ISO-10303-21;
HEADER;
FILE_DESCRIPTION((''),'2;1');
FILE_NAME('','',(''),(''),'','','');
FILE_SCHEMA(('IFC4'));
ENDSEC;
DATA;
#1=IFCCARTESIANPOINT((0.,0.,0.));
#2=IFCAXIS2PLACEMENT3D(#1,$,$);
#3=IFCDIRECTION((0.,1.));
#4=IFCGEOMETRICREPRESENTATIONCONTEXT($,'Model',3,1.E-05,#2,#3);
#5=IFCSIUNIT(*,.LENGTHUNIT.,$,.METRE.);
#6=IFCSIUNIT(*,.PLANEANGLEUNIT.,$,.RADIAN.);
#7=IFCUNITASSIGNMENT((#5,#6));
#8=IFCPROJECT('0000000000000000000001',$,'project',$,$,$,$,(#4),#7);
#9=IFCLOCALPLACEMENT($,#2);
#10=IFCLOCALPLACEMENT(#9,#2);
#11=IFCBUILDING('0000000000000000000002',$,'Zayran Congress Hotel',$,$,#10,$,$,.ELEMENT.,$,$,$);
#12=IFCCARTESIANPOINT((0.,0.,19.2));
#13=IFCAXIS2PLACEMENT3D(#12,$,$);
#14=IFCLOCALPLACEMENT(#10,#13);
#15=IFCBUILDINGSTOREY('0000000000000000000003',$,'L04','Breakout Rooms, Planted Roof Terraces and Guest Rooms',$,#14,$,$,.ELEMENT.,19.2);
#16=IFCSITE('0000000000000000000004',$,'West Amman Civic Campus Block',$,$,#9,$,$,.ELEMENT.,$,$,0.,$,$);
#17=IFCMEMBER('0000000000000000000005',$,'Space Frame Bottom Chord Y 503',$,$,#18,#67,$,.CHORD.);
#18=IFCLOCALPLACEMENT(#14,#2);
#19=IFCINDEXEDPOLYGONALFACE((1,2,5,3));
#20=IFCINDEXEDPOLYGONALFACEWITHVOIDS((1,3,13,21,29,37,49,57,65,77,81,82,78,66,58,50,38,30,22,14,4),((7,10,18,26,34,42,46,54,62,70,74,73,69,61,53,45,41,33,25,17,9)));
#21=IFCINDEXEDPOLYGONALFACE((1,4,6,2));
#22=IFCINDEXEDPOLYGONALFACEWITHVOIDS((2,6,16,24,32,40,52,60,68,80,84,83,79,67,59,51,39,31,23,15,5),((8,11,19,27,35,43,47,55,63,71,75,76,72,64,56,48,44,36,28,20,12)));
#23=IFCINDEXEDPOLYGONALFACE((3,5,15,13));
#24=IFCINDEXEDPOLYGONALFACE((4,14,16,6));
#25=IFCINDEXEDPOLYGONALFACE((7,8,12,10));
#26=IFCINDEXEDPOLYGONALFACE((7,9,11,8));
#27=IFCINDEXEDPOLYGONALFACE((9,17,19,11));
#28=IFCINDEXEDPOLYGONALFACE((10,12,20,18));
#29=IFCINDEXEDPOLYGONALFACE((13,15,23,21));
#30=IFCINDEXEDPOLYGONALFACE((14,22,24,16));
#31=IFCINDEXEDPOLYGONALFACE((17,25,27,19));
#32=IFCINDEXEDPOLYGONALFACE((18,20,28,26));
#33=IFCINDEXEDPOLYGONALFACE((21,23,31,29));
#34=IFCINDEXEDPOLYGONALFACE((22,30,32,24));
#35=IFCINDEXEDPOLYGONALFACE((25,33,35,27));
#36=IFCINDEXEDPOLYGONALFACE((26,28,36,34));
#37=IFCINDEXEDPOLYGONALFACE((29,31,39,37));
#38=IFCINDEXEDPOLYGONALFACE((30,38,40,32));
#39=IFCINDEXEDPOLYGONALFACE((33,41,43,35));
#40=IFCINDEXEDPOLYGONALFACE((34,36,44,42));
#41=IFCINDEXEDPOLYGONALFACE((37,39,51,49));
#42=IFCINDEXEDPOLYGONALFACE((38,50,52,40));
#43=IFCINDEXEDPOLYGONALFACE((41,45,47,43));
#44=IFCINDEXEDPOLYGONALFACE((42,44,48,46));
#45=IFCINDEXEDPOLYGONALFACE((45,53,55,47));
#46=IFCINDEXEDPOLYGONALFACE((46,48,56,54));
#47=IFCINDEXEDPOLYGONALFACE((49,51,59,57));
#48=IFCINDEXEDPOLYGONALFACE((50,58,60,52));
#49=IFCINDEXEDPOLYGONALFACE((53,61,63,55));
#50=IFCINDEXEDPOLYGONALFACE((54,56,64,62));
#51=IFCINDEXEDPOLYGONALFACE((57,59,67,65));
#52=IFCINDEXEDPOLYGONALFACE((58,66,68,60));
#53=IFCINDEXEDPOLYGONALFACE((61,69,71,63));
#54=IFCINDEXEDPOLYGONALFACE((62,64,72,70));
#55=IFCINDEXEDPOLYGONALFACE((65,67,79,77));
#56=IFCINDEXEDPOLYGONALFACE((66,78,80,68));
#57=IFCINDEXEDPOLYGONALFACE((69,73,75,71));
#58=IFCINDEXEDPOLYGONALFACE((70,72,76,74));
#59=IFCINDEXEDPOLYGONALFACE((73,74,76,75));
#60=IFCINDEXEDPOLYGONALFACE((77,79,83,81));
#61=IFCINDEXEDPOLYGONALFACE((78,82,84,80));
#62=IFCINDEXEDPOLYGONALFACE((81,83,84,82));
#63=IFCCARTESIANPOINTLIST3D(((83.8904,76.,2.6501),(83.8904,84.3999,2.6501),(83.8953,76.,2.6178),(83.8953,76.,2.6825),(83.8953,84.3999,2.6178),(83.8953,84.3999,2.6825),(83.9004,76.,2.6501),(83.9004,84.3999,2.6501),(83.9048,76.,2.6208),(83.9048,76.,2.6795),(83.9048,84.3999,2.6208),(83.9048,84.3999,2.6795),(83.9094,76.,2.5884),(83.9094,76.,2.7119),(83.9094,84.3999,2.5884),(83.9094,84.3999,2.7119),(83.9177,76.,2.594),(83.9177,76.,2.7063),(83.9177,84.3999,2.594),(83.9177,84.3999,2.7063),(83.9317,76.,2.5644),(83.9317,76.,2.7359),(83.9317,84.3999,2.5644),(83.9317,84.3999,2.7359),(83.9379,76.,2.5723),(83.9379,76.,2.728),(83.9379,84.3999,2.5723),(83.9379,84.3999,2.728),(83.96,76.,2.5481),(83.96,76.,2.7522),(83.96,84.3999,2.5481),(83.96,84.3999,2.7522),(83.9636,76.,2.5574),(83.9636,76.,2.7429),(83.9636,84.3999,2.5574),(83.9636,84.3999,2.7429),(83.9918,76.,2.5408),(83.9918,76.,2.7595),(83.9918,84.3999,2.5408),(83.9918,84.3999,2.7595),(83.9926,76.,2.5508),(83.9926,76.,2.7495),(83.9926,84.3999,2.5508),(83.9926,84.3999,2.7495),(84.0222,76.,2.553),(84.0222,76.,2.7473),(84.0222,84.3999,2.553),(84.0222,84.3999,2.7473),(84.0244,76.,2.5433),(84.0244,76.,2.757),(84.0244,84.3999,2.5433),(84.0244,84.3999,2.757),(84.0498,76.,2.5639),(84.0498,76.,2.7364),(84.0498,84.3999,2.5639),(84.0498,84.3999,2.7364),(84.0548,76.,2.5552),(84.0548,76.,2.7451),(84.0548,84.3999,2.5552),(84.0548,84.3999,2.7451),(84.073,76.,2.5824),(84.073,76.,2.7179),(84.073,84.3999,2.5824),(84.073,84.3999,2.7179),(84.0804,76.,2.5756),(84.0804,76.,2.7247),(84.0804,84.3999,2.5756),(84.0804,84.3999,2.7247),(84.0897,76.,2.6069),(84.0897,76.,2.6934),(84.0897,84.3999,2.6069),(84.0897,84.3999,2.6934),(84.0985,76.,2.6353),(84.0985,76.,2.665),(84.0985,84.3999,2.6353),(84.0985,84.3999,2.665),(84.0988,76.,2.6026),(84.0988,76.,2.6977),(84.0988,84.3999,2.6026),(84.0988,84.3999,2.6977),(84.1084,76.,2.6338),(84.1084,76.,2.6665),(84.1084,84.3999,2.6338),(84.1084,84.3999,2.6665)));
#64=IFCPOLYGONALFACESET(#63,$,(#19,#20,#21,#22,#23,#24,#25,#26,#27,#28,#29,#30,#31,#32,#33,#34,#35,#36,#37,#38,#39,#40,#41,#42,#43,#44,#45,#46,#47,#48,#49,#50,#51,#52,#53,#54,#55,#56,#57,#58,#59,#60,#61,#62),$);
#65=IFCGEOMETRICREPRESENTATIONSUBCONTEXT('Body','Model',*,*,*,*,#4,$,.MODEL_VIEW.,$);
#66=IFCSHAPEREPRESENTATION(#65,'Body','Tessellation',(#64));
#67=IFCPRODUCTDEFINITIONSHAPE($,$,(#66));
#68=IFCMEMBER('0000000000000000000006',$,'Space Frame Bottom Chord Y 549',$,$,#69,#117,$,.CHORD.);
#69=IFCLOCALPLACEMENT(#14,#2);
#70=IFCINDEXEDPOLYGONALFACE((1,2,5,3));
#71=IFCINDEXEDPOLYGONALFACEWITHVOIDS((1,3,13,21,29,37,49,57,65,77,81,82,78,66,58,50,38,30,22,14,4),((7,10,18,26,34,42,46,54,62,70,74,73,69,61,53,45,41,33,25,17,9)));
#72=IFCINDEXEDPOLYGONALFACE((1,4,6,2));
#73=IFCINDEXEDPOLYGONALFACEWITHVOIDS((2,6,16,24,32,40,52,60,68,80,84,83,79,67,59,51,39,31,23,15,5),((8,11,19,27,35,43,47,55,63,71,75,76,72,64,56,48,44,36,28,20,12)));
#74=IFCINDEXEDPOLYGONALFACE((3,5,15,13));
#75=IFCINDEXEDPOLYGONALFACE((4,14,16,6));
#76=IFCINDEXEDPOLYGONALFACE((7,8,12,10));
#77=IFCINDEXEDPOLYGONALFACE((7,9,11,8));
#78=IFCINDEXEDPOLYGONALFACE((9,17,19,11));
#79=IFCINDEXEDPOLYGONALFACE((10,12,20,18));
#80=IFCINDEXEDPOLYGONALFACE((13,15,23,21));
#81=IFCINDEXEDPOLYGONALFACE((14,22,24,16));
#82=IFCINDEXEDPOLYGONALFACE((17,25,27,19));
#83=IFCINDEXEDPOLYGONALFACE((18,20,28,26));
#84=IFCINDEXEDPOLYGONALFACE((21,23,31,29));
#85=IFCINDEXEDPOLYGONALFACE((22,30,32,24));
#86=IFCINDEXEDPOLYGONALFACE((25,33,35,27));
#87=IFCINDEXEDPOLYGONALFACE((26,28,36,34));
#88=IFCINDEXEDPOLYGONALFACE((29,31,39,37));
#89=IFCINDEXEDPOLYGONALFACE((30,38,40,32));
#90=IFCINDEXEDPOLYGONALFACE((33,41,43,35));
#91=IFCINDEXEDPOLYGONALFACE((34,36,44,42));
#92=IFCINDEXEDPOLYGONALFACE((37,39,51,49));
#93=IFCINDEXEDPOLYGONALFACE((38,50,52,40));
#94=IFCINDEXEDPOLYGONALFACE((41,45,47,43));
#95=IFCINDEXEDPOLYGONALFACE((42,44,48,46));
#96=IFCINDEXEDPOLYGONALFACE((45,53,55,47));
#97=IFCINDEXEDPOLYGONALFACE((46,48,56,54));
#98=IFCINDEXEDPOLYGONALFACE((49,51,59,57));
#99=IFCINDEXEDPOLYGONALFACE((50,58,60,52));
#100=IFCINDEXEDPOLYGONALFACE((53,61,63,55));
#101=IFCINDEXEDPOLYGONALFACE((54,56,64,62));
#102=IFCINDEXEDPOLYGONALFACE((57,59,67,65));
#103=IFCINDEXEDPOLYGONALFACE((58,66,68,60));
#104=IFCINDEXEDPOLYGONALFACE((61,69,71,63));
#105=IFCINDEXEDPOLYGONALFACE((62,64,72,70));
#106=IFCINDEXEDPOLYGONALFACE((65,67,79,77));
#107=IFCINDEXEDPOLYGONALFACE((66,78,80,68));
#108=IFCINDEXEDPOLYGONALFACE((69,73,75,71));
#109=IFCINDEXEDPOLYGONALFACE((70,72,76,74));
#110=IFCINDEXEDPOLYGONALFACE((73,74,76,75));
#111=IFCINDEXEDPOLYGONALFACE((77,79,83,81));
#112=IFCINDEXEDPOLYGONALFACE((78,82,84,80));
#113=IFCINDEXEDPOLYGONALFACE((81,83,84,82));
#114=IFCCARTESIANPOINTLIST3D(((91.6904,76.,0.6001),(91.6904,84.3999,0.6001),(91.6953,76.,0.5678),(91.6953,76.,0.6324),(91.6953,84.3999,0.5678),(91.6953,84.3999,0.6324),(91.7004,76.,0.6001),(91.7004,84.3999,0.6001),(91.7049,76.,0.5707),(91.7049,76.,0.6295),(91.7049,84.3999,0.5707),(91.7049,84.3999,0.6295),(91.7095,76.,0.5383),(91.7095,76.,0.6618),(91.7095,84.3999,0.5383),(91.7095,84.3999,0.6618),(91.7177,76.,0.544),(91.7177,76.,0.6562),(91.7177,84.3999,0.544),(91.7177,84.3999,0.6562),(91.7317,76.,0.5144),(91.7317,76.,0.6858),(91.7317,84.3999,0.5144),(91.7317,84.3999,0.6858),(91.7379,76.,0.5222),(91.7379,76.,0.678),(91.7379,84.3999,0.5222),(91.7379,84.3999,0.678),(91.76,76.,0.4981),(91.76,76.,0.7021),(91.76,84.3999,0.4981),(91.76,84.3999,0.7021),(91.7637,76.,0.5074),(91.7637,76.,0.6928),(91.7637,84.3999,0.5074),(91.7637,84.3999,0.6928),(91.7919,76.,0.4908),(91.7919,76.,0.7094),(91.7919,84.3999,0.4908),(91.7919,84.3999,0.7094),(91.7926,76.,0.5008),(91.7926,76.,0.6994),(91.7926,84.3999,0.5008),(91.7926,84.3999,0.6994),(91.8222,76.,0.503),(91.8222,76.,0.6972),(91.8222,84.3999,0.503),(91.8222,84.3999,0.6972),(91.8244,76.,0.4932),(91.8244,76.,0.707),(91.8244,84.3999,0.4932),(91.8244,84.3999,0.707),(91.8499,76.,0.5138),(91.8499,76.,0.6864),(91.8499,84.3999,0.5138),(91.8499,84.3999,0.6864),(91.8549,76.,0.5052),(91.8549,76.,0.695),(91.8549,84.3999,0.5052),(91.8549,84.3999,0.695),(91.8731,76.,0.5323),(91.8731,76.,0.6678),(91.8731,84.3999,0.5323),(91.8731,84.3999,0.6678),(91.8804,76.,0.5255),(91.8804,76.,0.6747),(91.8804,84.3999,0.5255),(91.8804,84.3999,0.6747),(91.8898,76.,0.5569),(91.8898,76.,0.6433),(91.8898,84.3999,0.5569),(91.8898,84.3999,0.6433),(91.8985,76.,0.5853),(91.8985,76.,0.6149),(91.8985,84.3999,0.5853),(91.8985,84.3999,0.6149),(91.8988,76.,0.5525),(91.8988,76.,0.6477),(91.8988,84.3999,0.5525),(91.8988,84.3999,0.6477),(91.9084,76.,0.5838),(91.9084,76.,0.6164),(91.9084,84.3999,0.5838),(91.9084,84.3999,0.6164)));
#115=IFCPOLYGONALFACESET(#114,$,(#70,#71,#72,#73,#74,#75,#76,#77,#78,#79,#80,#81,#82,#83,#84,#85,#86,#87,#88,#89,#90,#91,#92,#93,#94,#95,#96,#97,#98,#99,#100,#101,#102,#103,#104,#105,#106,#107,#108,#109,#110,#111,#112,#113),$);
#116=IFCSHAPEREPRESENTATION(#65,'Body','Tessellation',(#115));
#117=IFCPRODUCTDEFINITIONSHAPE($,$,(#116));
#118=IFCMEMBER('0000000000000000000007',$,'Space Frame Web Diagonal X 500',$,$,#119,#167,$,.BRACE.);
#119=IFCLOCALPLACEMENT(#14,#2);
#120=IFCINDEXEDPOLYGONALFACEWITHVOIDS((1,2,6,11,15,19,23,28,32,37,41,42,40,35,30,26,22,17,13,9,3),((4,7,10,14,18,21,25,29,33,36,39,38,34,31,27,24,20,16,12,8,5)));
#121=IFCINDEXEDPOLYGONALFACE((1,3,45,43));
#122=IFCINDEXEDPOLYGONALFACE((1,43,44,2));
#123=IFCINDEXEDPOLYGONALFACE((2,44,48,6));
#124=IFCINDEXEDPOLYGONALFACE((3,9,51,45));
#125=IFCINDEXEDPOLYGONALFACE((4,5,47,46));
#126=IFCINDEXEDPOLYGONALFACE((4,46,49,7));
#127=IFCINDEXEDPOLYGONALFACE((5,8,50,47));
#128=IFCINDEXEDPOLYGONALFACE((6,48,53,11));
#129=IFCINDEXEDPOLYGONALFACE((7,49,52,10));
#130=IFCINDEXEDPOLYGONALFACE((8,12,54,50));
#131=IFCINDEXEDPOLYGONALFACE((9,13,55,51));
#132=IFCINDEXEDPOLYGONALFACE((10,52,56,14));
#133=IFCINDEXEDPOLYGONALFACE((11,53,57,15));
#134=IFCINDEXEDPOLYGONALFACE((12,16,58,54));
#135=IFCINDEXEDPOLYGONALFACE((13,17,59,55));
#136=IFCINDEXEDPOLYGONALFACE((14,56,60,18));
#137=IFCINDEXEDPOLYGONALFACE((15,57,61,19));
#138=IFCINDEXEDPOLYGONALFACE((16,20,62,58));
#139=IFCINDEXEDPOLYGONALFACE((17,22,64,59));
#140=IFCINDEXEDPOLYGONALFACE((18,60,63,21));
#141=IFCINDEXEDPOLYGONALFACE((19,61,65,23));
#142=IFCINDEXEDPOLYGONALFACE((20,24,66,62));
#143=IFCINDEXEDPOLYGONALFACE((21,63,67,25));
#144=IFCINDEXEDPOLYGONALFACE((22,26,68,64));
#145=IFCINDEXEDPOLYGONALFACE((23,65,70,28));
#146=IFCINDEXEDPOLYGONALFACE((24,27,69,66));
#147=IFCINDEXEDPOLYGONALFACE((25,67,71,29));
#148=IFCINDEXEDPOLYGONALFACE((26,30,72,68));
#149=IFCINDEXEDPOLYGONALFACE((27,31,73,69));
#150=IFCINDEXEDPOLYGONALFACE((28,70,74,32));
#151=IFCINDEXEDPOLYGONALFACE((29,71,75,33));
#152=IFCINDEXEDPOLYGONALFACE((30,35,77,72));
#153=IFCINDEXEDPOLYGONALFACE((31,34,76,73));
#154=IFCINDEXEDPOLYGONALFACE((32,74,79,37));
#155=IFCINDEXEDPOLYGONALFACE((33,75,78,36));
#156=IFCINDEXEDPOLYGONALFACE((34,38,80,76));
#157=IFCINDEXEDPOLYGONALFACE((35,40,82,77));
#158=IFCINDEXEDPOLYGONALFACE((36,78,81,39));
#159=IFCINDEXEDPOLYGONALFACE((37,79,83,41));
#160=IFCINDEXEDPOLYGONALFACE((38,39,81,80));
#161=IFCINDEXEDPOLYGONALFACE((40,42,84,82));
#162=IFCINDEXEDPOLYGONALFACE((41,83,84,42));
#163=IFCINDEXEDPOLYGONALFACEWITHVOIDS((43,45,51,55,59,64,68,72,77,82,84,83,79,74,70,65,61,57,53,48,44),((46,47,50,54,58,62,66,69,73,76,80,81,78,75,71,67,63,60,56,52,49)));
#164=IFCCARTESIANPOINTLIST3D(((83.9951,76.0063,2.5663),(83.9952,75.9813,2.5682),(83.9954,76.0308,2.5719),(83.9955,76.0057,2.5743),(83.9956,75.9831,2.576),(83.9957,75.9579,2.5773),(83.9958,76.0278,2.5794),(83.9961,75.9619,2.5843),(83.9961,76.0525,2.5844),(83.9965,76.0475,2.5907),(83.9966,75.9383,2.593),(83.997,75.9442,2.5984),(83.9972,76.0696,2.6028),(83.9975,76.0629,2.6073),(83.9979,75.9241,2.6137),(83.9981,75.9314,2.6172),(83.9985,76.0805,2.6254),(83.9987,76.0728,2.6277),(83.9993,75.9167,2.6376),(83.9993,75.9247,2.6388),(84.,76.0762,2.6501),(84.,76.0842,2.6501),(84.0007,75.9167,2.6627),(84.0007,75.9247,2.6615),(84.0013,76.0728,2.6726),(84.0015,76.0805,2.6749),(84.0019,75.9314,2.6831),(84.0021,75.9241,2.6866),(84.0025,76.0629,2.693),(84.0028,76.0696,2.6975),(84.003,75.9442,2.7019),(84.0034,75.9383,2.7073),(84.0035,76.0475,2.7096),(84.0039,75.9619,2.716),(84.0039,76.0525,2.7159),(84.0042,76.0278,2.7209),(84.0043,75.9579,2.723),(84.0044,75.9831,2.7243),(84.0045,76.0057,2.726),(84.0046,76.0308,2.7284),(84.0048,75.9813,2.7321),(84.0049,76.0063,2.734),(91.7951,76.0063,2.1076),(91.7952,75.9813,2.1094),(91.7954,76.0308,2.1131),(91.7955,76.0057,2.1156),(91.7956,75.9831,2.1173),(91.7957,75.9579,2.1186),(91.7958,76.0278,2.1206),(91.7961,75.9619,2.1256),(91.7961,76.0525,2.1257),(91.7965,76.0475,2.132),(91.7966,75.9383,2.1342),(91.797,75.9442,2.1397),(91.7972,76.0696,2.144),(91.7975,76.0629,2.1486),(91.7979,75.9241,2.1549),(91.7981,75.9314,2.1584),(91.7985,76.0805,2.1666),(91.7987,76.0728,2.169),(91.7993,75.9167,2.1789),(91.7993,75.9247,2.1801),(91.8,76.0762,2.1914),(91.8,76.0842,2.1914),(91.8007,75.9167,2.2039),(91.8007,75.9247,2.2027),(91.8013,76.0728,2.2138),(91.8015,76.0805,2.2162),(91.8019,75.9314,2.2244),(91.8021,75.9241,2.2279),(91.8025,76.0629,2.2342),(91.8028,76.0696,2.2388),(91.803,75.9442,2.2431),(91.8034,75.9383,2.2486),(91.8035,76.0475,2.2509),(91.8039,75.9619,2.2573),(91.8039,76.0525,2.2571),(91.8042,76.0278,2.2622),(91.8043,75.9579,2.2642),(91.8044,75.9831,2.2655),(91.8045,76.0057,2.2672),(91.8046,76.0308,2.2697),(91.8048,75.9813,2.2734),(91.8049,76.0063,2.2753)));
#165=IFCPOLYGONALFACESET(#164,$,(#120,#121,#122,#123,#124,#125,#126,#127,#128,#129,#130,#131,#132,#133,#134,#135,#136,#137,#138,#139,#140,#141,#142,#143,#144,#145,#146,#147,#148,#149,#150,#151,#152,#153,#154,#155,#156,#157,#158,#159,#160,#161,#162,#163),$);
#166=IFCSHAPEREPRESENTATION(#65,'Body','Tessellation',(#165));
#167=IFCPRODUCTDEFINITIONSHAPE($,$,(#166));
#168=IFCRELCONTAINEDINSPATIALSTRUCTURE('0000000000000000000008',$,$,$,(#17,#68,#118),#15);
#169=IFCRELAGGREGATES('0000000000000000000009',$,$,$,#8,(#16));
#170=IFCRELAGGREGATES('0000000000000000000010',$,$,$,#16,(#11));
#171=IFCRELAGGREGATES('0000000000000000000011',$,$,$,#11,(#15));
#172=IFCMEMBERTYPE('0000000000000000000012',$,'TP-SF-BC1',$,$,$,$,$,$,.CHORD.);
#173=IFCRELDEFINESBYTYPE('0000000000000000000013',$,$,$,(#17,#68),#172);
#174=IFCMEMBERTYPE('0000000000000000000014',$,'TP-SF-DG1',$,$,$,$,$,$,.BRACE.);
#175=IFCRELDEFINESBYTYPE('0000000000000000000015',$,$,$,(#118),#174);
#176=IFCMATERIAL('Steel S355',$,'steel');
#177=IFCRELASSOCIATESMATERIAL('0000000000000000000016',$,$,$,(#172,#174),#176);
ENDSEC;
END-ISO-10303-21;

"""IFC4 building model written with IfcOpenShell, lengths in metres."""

from ifc_helpers import new_model, si_unit, direction, frame, origin, origin_2d, place, context, subcontext, project, spatial, hollow_circle, extrude, material, material_profile, profile_set, type_object, element, save


model = new_model("IFC4")

# Units and contexts
model_context = context("Model", 3, precision=1e-05, world=origin(), true_north=direction((0.0, 1.0)))
body_context = subcontext(model_context, "Body", "Model", "MODEL_VIEW")
ifc_project = project(units=[si_unit("LENGTHUNIT", "METRE"), si_unit("PLANEANGLEUNIT", "RADIAN")], contexts=[model_context])

# Site, building, storey
site_placement = place(None, origin())
site = spatial("IfcSite", under=ifc_project, at=site_placement, Name="West Amman Civic Campus Block", CompositionType="ELEMENT", RefElevation=0.0)
building_placement = place(site_placement, origin())
building = spatial("IfcBuilding", under=site, at=building_placement, Name="Zayran Congress Hotel", CompositionType="ELEMENT")
storey_placement = place(building_placement, frame((0.0, 0.0, 19.2)))
storey = spatial("IfcBuildingStorey", under=building, at=storey_placement, Name="L04", Description="Breakout Rooms, Planted Roof Terraces and Guest Rooms", CompositionType="ELEMENT", Elevation=19.2)

# Shared definitions
ifc_material = material(Name="Steel S355", Category="steel")

# Members
ifc_material_profile_1 = material_profile(ifc_material, hollow_circle(Radius=0.1096, WallThickness=0.01, at=origin_2d()), Name="CHS 219.1x10")
ifc_profile_set_1 = profile_set([ifc_material_profile_1], Name="Steel S355")
member_type_1 = type_object("IfcMemberType", Name="TP-SF-BC1", PredefinedType="CHORD", material=ifc_profile_set_1)
for number, where, z_axis, x_axis, name in (
    (1, (84.0, 76.0, 2.6501), (0.0, 1.0, 0.0), (-1.0, 0.0, 0.0), "Space Frame Bottom Chord Y 503"),
    (2, (91.8, 76.0, 0.6001), (0.0, 1.0, 0.0), (-1.0, 0.0, 0.0), "Space Frame Bottom Chord Y 549"),
):
    element("IfcMember", number, at=place(storey_placement, frame(where, z_axis=z_axis, x_axis=x_axis)), inside=storey, type_object=member_type_1, Name=name, PredefinedType="CHORD", context=body_context, shape_type="SweptSolid", body=[
        extrude(hollow_circle(Radius=0.1096, WallThickness=0.01, at=origin_2d()), origin(), (0.0, 0.0, 1.0), 8.3999),
    ])
ifc_material_profile_2 = material_profile(ifc_material, hollow_circle(Radius=0.0842, WallThickness=0.0081, at=origin_2d()), Name="CHS 168.3x8")
ifc_profile_set_2 = profile_set([ifc_material_profile_2], Name="Steel S355")
member_type_2 = type_object("IfcMemberType", Name="TP-SF-DG1", PredefinedType="BRACE", material=ifc_profile_set_2)
member_1_placement = place(storey_placement, frame((84.0, 76.0, 2.6501), z_axis=(0.998275, 0.0, -0.058711), x_axis=(0.0, 1.0, 0.0)))
element("IfcMember", 3, at=member_1_placement, inside=storey, type_object=member_type_2, Name="Space Frame Web Diagonal X 500", PredefinedType="BRACE", context=body_context, shape_type="SweptSolid", body=[
    extrude(hollow_circle(Radius=0.0842, WallThickness=0.0081, at=origin_2d()), origin(), (0.0, 0.0, 1.0), 7.8135),
])

save(model, "model.ifc")
